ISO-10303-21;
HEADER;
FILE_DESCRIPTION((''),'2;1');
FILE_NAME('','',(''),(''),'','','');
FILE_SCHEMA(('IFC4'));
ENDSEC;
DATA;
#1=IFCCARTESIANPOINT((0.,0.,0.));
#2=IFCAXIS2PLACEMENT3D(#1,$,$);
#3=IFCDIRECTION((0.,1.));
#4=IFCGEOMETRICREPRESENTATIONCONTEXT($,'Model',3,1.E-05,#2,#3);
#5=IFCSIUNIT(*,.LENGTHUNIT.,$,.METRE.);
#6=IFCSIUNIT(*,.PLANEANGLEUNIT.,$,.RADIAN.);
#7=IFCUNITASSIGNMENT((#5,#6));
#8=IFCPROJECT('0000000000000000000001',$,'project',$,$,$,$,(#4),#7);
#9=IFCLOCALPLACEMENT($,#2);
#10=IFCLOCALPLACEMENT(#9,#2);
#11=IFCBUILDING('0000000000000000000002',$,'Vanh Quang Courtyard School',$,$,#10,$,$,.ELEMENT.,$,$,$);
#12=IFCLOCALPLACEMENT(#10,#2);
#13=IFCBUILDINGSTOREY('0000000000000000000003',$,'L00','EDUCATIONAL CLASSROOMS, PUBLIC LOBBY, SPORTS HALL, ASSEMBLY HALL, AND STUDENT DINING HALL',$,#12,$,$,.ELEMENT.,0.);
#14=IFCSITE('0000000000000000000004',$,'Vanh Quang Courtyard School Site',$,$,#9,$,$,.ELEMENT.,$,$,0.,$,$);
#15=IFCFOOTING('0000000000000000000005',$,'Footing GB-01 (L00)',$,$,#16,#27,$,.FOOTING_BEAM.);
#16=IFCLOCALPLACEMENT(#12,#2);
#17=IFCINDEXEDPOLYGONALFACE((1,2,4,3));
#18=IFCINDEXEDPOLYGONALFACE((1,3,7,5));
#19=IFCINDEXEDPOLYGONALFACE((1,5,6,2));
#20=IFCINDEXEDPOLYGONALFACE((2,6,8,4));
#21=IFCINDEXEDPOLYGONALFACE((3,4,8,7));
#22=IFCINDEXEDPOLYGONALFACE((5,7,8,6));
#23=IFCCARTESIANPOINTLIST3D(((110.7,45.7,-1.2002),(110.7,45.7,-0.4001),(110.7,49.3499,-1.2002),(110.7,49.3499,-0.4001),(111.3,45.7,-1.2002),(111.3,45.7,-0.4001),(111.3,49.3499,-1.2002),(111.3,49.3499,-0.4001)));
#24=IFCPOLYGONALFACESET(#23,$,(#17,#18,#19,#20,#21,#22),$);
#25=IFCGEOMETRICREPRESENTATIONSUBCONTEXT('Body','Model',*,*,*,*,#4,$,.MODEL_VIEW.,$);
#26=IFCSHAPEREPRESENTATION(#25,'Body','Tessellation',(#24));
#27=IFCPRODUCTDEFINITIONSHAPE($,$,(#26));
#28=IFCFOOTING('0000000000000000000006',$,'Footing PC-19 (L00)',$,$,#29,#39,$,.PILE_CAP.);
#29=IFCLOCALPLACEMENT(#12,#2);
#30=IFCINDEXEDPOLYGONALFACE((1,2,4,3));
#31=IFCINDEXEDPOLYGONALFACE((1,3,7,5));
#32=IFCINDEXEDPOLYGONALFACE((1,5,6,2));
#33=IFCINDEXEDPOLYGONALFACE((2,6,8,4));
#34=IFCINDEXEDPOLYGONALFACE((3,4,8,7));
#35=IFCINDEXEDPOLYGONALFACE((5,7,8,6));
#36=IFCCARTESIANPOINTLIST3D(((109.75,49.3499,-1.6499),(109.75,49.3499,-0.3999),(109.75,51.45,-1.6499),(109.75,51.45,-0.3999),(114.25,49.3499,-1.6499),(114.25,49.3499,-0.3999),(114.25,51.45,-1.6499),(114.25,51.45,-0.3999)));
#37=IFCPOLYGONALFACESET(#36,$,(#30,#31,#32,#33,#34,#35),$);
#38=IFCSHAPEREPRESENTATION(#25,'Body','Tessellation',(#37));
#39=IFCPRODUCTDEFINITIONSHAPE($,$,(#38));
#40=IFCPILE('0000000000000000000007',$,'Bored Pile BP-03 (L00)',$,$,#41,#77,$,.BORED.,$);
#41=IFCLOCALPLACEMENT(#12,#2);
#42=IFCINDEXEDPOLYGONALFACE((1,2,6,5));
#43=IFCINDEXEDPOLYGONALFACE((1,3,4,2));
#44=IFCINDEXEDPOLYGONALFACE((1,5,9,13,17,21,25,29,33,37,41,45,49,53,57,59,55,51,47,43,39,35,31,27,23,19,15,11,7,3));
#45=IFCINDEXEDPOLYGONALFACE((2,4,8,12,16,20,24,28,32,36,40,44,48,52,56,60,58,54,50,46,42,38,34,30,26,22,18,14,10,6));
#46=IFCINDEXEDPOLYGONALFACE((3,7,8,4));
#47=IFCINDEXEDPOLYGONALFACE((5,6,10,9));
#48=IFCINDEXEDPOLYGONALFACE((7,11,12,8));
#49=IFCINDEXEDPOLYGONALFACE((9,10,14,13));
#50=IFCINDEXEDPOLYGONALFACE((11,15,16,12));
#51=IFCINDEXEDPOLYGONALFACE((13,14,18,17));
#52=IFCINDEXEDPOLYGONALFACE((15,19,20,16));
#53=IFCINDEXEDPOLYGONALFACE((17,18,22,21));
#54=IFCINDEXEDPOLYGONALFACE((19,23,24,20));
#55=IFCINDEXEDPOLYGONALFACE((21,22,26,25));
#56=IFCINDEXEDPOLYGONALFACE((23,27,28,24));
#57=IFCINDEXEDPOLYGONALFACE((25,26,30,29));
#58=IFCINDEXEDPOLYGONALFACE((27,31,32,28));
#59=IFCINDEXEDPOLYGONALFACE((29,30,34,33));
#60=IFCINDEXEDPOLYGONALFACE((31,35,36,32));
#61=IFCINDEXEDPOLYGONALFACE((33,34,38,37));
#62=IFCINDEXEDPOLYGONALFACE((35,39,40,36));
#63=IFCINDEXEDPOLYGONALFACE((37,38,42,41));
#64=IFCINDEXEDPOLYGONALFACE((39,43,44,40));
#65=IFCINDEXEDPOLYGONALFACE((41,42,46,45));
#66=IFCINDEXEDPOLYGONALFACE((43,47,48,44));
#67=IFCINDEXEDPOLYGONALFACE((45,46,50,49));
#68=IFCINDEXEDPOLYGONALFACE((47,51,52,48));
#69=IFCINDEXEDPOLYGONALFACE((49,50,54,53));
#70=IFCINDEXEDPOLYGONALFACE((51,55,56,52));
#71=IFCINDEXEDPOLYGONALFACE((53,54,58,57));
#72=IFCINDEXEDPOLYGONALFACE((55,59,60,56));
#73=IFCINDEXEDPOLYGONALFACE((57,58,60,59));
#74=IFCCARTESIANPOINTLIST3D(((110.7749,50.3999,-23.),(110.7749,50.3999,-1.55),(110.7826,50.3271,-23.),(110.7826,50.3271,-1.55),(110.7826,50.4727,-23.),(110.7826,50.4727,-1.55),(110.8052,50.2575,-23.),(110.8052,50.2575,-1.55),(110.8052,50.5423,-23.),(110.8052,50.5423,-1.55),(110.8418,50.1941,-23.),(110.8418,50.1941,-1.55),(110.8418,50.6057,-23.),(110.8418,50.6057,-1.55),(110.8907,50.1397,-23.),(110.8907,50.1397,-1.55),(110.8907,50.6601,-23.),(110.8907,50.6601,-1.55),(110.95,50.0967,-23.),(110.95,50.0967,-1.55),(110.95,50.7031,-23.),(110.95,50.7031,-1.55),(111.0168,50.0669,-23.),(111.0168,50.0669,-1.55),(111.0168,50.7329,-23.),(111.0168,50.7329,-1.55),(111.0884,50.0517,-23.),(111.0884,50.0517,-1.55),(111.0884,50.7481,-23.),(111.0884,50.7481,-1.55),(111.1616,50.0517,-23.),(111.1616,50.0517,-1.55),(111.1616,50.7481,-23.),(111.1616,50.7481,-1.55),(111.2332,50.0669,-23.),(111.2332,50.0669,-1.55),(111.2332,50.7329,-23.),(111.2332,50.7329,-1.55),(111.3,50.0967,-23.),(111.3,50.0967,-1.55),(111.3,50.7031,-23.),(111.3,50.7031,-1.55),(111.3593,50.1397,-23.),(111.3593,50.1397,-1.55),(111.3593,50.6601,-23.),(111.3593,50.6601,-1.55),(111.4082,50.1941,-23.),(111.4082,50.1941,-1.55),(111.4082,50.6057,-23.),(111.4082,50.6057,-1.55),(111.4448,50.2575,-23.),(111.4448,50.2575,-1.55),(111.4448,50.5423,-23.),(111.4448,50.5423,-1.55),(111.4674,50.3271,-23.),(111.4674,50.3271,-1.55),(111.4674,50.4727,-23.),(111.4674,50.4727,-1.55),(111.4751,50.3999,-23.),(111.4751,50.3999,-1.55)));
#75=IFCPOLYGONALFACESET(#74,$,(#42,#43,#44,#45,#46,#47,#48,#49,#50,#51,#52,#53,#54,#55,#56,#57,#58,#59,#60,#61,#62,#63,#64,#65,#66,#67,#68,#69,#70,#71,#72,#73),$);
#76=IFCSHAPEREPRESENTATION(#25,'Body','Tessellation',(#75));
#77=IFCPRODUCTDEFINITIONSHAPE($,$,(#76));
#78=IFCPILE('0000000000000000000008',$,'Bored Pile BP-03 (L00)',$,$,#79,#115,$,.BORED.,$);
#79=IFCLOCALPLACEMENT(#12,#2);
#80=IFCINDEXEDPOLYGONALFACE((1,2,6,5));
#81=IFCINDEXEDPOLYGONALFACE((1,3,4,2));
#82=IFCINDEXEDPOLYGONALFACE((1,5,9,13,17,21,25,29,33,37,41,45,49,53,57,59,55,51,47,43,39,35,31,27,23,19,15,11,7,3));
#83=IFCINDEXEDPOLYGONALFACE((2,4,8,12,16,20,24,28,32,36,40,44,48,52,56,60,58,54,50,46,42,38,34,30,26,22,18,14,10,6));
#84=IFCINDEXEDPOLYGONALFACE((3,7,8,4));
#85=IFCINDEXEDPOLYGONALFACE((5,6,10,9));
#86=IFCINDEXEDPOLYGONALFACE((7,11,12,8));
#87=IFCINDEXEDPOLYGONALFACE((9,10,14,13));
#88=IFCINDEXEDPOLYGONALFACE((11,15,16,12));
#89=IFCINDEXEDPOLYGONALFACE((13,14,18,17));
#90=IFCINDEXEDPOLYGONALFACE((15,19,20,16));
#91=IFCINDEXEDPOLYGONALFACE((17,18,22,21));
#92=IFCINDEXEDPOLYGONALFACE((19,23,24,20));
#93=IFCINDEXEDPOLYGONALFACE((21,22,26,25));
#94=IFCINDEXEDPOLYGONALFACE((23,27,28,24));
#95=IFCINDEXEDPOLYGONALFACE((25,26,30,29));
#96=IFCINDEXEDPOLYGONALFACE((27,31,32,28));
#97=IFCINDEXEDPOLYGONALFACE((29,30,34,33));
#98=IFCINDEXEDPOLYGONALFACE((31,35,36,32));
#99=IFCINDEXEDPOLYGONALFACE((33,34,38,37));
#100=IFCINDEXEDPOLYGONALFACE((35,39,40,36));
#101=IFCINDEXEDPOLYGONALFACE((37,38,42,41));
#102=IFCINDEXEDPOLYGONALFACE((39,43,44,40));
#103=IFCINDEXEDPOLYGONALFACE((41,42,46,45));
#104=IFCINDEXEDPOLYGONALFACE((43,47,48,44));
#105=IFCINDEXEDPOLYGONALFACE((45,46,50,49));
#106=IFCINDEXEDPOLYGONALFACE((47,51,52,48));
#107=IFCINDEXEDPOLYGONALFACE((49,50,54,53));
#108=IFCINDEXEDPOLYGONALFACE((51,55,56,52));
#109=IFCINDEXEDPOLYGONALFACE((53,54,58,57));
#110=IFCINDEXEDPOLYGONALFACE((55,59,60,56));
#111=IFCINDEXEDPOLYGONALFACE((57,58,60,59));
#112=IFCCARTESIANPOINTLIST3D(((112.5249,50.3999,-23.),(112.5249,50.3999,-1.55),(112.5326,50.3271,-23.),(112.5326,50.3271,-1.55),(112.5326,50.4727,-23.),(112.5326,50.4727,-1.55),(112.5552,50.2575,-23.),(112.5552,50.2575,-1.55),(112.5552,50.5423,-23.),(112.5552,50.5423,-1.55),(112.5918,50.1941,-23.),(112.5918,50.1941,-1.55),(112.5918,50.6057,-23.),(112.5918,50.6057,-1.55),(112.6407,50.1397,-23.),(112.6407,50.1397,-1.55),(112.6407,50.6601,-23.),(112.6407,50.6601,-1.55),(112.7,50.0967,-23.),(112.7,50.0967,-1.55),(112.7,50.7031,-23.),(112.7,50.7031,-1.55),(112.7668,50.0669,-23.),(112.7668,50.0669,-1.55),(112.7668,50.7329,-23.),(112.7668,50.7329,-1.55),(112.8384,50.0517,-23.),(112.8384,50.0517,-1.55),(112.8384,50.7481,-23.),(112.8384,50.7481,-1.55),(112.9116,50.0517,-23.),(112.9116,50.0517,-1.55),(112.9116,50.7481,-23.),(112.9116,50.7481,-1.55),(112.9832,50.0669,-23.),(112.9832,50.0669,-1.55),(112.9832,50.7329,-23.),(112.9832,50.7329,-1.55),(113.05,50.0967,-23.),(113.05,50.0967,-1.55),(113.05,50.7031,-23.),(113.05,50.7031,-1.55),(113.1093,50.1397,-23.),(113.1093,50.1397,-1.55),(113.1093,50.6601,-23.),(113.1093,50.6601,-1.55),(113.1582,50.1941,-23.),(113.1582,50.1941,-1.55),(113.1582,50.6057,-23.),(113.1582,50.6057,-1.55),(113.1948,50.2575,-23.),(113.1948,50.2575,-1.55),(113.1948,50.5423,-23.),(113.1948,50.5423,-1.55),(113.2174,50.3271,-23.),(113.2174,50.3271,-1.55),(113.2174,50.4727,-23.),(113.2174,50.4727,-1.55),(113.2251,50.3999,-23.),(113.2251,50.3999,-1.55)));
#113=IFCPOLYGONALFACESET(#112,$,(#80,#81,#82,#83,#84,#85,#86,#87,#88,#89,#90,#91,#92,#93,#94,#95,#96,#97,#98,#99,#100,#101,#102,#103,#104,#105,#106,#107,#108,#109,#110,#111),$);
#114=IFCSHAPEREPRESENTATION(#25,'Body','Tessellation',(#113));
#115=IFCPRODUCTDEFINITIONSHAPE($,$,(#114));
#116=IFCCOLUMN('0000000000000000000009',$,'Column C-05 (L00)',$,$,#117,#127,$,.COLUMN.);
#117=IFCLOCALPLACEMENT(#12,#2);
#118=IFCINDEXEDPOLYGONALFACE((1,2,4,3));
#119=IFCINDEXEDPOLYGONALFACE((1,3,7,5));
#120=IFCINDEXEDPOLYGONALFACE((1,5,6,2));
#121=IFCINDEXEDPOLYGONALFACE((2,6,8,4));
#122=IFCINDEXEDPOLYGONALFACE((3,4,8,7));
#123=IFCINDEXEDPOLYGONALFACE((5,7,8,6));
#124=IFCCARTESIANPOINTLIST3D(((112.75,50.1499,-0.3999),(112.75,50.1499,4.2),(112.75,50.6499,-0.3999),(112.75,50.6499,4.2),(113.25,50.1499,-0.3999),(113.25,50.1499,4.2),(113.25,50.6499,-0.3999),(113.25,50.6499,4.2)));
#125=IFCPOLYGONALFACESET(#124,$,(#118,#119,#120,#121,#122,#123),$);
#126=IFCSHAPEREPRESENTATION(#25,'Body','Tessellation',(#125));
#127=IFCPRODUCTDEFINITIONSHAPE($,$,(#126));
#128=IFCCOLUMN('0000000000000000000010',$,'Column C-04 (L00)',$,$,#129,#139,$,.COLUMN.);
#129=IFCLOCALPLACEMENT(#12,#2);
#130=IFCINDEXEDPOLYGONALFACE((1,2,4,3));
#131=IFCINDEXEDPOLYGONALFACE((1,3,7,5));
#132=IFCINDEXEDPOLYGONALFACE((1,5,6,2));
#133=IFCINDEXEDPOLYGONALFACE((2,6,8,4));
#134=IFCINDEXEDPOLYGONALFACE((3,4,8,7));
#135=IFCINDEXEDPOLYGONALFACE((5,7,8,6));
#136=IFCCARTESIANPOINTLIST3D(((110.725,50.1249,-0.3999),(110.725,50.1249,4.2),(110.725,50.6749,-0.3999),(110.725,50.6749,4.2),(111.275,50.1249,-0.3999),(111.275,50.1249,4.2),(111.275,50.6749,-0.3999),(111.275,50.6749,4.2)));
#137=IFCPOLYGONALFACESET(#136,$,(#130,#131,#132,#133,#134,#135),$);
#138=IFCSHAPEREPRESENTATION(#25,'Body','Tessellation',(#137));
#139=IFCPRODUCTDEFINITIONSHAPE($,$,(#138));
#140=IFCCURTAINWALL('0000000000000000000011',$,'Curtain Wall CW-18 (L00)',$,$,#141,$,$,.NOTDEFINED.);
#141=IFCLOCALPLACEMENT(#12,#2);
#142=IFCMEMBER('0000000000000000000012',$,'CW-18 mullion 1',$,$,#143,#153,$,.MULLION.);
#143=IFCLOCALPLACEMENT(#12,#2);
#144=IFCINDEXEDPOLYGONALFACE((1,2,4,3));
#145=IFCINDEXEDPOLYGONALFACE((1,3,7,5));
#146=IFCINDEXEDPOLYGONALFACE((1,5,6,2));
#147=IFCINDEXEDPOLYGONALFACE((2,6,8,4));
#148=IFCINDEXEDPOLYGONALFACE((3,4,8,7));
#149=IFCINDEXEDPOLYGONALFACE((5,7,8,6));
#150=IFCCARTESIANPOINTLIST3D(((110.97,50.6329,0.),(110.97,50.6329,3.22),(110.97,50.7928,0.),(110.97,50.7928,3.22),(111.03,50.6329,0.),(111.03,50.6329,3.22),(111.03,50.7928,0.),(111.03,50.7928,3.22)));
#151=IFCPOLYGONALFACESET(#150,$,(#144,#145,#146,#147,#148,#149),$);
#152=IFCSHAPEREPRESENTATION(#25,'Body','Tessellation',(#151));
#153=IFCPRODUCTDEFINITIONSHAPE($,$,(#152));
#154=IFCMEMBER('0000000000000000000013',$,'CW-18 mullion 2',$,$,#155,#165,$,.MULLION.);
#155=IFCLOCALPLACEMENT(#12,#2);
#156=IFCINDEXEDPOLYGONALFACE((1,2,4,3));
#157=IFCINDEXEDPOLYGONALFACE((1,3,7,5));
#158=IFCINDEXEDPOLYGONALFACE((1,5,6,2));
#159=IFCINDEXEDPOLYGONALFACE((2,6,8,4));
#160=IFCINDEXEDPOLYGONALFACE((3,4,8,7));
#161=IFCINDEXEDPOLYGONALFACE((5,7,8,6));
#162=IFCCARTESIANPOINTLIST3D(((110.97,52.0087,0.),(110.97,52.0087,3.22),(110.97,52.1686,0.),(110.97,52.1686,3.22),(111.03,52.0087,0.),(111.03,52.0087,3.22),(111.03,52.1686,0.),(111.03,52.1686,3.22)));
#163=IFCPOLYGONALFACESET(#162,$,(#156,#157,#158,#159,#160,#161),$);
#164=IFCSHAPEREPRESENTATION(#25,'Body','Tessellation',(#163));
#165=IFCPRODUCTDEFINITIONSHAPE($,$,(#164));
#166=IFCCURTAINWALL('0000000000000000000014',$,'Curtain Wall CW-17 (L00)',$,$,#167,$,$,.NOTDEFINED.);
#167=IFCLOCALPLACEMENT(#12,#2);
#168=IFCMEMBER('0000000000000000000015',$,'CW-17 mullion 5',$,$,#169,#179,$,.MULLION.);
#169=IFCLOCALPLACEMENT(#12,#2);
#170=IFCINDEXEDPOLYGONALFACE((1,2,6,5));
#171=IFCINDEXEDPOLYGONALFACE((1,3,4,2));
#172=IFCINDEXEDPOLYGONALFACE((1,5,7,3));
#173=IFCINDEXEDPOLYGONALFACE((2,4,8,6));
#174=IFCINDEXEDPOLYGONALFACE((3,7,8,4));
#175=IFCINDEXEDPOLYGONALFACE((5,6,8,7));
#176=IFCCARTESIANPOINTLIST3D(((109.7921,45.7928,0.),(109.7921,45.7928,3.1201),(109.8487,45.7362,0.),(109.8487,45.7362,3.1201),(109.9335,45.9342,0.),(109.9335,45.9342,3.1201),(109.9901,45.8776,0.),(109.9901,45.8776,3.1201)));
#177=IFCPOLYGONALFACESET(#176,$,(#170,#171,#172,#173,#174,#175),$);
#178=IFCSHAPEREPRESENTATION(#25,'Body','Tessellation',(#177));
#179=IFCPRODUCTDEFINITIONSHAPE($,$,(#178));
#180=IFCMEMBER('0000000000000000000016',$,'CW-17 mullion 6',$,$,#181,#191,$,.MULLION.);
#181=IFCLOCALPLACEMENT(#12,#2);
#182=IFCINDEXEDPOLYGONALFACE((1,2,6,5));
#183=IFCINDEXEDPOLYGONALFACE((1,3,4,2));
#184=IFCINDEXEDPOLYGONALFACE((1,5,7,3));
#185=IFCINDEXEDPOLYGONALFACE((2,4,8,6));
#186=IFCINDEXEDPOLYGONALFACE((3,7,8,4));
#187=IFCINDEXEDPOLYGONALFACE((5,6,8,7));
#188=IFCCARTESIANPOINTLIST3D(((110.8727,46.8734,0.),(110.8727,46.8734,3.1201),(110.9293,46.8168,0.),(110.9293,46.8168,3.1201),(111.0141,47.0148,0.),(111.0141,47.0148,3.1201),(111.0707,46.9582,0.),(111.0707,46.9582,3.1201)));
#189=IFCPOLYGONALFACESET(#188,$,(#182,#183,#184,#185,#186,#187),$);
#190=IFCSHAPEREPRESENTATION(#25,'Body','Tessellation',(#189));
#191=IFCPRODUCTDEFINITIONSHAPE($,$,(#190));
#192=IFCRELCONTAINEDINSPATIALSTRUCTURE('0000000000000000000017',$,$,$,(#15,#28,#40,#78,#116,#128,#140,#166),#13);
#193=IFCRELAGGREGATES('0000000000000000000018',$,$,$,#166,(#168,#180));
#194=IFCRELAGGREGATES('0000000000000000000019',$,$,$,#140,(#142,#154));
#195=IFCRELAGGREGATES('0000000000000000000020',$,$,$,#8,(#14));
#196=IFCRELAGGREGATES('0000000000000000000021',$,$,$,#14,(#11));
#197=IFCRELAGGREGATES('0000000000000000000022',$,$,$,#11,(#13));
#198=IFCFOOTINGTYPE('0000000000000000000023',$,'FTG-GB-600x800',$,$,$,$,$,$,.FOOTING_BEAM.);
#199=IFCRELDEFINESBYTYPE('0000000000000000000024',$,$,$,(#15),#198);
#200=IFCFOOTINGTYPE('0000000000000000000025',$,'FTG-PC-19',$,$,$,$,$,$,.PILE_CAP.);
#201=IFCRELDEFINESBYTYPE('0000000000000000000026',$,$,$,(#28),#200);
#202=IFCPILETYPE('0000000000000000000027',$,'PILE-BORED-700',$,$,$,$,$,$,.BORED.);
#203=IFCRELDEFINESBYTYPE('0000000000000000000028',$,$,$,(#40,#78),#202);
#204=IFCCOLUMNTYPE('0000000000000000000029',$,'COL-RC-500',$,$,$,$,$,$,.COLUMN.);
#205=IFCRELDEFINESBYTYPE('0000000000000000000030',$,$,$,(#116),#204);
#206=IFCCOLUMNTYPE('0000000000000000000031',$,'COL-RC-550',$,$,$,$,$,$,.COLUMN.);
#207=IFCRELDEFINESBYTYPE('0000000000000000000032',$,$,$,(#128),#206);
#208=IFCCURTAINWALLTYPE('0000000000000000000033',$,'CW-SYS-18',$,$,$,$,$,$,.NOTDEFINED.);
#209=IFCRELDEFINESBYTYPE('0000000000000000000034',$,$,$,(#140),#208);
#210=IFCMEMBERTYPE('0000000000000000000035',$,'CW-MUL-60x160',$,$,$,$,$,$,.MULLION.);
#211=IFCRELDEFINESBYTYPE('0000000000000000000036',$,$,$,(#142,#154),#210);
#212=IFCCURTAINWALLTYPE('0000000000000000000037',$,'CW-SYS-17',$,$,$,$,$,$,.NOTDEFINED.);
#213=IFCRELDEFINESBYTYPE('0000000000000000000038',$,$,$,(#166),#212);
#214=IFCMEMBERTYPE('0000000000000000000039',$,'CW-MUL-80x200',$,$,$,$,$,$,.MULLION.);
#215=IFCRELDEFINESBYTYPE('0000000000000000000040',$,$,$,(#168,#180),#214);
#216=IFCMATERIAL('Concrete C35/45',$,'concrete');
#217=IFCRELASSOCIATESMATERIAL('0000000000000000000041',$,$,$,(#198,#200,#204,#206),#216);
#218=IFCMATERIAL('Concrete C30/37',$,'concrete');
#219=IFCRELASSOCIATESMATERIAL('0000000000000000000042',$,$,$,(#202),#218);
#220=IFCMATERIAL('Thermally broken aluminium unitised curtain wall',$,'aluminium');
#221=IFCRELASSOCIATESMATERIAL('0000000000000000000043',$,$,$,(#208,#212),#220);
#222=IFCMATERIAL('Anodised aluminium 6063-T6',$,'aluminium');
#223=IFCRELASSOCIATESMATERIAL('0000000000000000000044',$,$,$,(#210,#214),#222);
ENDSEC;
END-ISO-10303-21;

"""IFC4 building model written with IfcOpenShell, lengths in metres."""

from ifc_helpers import new_model, si_unit, direction, frame, origin, origin_2d, place, context, subcontext, project, spatial, rectangle, circle, extrude, material, material_profile, profile_set, type_object, element, aggregate, save


model = new_model("IFC4")

# Units and contexts
model_context = context("Model", 3, precision=1e-05, world=origin(), true_north=direction((0.0, 1.0)))
body_context = subcontext(model_context, "Body", "Model", "MODEL_VIEW")
ifc_project = project(units=[si_unit("LENGTHUNIT", "METRE"), si_unit("PLANEANGLEUNIT", "RADIAN")], contexts=[model_context])

# Site, building, storey
site_placement = place(None, origin())
site = spatial("IfcSite", under=ifc_project, at=site_placement, Name="Vanh Quang Courtyard School Site", CompositionType="ELEMENT", RefElevation=0.0)
building_placement = place(site_placement, origin())
building = spatial("IfcBuilding", under=site, at=building_placement, Name="Vanh Quang Courtyard School", CompositionType="ELEMENT")
storey_placement = place(building_placement, origin())
storey = spatial("IfcBuildingStorey", under=building, at=storey_placement, Name="L00", Description="EDUCATIONAL CLASSROOMS, PUBLIC LOBBY, SPORTS HALL, ASSEMBLY HALL, AND STUDENT DINING HALL", CompositionType="ELEMENT", Elevation=0.0)

# Footings
ifc_material_1 = material(Name="Concrete C35/45", Category="concrete")
footing_type_1 = type_object("IfcFootingType", Name="FTG-GB-600x800", PredefinedType="FOOTING_BEAM", material=ifc_material_1)
footing_1_placement = place(storey_placement, frame((111.0, 47.5249, -1.2002), z_axis=(0.0, 0.0, 1.0), x_axis=(0.0, 1.0, 0.0)))
element("IfcFooting", 1, at=footing_1_placement, inside=storey, type_object=footing_type_1, Name="Footing GB-01 (L00)", PredefinedType="FOOTING_BEAM", context=body_context, shape_type="SweptSolid", body=[
    extrude(rectangle(XDim=3.6499, YDim=0.6001, at=origin_2d()), origin(), (0.0, 0.0, 1.0), 0.8),
])
footing_type_2 = type_object("IfcFootingType", Name="FTG-PC-19", PredefinedType="PILE_CAP", material=ifc_material_1)
footing_2_placement = place(storey_placement, frame((112.0, 50.3999, -1.6499), z_axis=(0.0, 0.0, 1.0), x_axis=(1.0, 0.0, 0.0)))
element("IfcFooting", 2, at=footing_2_placement, inside=storey, type_object=footing_type_2, Name="Footing PC-19 (L00)", PredefinedType="PILE_CAP", context=body_context, shape_type="SweptSolid", body=[
    extrude(rectangle(XDim=4.5, YDim=2.1001, at=origin_2d()), origin(), (0.0, 0.0, 1.0), 1.25),
])

# Piles
ifc_material_2 = material(Name="Concrete C30/37", Category="concrete")
ifc_material_profile_1 = material_profile(ifc_material_2, circle(Radius=0.3501, at=origin_2d()), Name="PILE D700")
ifc_profile_set_1 = profile_set([ifc_material_profile_1], Name="Concrete C30/37")
pile_type = type_object("IfcPileType", Name="PILE-BORED-700", PredefinedType="BORED", material=ifc_profile_set_1)
for number, where, z_axis, x_axis, name in (
    (3, (111.125, 50.3999, -1.55), (0.0, 0.0, -1.0), (1.0, 0.0, 0.0), "Bored Pile BP-03 (L00)"),
    (4, (112.875, 50.3999, -1.55), (0.0, 0.0, -1.0), (1.0, 0.0, 0.0), "Bored Pile BP-03 (L00)"),
):
    element("IfcPile", number, at=place(storey_placement, frame(where, z_axis=z_axis, x_axis=x_axis)), inside=storey, type_object=pile_type, Name=name, PredefinedType="BORED", context=body_context, shape_type="SweptSolid", body=[
        extrude(circle(Radius=0.3501, at=origin_2d()), origin(), (0.0, 0.0, 1.0), 21.45),
    ])

# Columns
ifc_material_profile_2 = material_profile(ifc_material_1, rectangle(XDim=0.5, YDim=0.5, at=origin_2d()), Name="RC-COL 500x500")
ifc_profile_set_2 = profile_set([ifc_material_profile_2], Name="Concrete C35/45")
column_type_1 = type_object("IfcColumnType", Name="COL-RC-500", PredefinedType="COLUMN", material=ifc_profile_set_2)
column_1_placement = place(storey_placement, frame((113.0, 50.3999, -0.3999), z_axis=(0.0, 0.0, 1.0), x_axis=(1.0, 0.0, 0.0)))
element("IfcColumn", 5, at=column_1_placement, inside=storey, type_object=column_type_1, Name="Column C-05 (L00)", PredefinedType="COLUMN", context=body_context, shape_type="SweptSolid", body=[
    extrude(rectangle(XDim=0.5, YDim=0.5, at=origin_2d()), origin(), (0.0, 0.0, 1.0), 4.5999),
])
ifc_material_profile_3 = material_profile(ifc_material_1, rectangle(XDim=0.55, YDim=0.55, at=origin_2d()), Name="RC-COL 550x550")
ifc_profile_set_3 = profile_set([ifc_material_profile_3], Name="Concrete C35/45")
column_type_2 = type_object("IfcColumnType", Name="COL-RC-550", PredefinedType="COLUMN", material=ifc_profile_set_3)
column_2_placement = place(storey_placement, frame((111.0, 50.3999, -0.3999), z_axis=(0.0, 0.0, 1.0), x_axis=(1.0, 0.0, 0.0)))
element("IfcColumn", 6, at=column_2_placement, inside=storey, type_object=column_type_2, Name="Column C-04 (L00)", PredefinedType="COLUMN", context=body_context, shape_type="SweptSolid", body=[
    extrude(rectangle(XDim=0.55, YDim=0.55, at=origin_2d()), origin(), (0.0, 0.0, 1.0), 4.5999),
])

# Curtain walls, members
ifc_material_3 = material(Name="Thermally broken aluminium unitised curtain wall", Category="aluminium")
curtain_wall_type_1 = type_object("IfcCurtainWallType", Name="CW-SYS-18", PredefinedType="NOTDEFINED", material=ifc_material_3)
curtain_wall_1_placement = place(storey_placement, origin())
curtain_wall_1 = element("IfcCurtainWall", 7, at=curtain_wall_1_placement, inside=storey, type_object=curtain_wall_type_1, Name="Curtain Wall CW-18 (L00)", PredefinedType="NOTDEFINED")
ifc_material_4 = material(Name="Anodised aluminium 6063-T6", Category="aluminium")
ifc_material_profile_4 = material_profile(ifc_material_4, rectangle(XDim=0.0601, YDim=0.1599, at=origin_2d()), Name="ALU-MUL 60x160")
ifc_profile_set_4 = profile_set([ifc_material_profile_4], Name="Anodised aluminium 6063-T6")
member_type_1 = type_object("IfcMemberType", Name="CW-MUL-60x160", PredefinedType="MULLION", material=ifc_profile_set_4)
member_1_placement = place(storey_placement, frame((111.0, 50.7129, 0.0), z_axis=(0.0, 0.0, 1.0), x_axis=(-1.0, 0.0, 0.0)))
member_1 = element("IfcMember", 8, at=member_1_placement, type_object=member_type_1, Name="CW-18 mullion 1", PredefinedType="MULLION", context=body_context, shape_type="SweptSolid", body=[
    extrude(rectangle(XDim=0.0601, YDim=0.1599, at=origin_2d()), origin(), (0.0, 0.0, 1.0), 3.22),
])
member_2_placement = place(storey_placement, frame((111.0, 52.0886, 0.0), z_axis=(0.0, 0.0, 1.0), x_axis=(-1.0, 0.0, 0.0)))
member_2 = element("IfcMember", 9, at=member_2_placement, type_object=member_type_1, Name="CW-18 mullion 2", PredefinedType="MULLION", context=body_context, shape_type="SweptSolid", body=[
    extrude(rectangle(XDim=0.0601, YDim=0.1599, at=origin_2d()), origin(), (0.0, 0.0, 1.0), 3.22),
])
curtain_wall_type_2 = type_object("IfcCurtainWallType", Name="CW-SYS-17", PredefinedType="NOTDEFINED", material=ifc_material_3)
curtain_wall_2_placement = place(storey_placement, origin())
curtain_wall_2 = element("IfcCurtainWall", 10, at=curtain_wall_2_placement, inside=storey, type_object=curtain_wall_type_2, Name="Curtain Wall CW-17 (L00)", PredefinedType="NOTDEFINED")
ifc_material_profile_5 = material_profile(ifc_material_4, rectangle(XDim=0.0801, YDim=0.2, at=origin_2d()), Name="ALU-MUL 80x200")
ifc_profile_set_5 = profile_set([ifc_material_profile_5], Name="Anodised aluminium 6063-T6")
member_type_2 = type_object("IfcMemberType", Name="CW-MUL-80x200", PredefinedType="MULLION", material=ifc_profile_set_5)
member_3_placement = place(storey_placement, frame((109.8911, 45.8352, 0.0), z_axis=(0.0, 0.0, 1.0), x_axis=(-0.707107, 0.707107, 0.0)))
member_3 = element("IfcMember", 11, at=member_3_placement, type_object=member_type_2, Name="CW-17 mullion 5", PredefinedType="MULLION", context=body_context, shape_type="SweptSolid", body=[
    extrude(rectangle(XDim=0.0801, YDim=0.2, at=origin_2d()), origin(), (0.0, 0.0, 1.0), 3.1201),
])
member_4_placement = place(storey_placement, frame((110.9717, 46.9158, 0.0), z_axis=(0.0, 0.0, 1.0), x_axis=(-0.707107, 0.707107, 0.0)))
member_4 = element("IfcMember", 12, at=member_4_placement, type_object=member_type_2, Name="CW-17 mullion 6", PredefinedType="MULLION", context=body_context, shape_type="SweptSolid", body=[
    extrude(rectangle(XDim=0.0801, YDim=0.2, at=origin_2d()), origin(), (0.0, 0.0, 1.0), 3.1201),
])

aggregate(curtain_wall_2, [member_3, member_4])
aggregate(curtain_wall_1, [member_1, member_2])

save(model, "model.ifc")
